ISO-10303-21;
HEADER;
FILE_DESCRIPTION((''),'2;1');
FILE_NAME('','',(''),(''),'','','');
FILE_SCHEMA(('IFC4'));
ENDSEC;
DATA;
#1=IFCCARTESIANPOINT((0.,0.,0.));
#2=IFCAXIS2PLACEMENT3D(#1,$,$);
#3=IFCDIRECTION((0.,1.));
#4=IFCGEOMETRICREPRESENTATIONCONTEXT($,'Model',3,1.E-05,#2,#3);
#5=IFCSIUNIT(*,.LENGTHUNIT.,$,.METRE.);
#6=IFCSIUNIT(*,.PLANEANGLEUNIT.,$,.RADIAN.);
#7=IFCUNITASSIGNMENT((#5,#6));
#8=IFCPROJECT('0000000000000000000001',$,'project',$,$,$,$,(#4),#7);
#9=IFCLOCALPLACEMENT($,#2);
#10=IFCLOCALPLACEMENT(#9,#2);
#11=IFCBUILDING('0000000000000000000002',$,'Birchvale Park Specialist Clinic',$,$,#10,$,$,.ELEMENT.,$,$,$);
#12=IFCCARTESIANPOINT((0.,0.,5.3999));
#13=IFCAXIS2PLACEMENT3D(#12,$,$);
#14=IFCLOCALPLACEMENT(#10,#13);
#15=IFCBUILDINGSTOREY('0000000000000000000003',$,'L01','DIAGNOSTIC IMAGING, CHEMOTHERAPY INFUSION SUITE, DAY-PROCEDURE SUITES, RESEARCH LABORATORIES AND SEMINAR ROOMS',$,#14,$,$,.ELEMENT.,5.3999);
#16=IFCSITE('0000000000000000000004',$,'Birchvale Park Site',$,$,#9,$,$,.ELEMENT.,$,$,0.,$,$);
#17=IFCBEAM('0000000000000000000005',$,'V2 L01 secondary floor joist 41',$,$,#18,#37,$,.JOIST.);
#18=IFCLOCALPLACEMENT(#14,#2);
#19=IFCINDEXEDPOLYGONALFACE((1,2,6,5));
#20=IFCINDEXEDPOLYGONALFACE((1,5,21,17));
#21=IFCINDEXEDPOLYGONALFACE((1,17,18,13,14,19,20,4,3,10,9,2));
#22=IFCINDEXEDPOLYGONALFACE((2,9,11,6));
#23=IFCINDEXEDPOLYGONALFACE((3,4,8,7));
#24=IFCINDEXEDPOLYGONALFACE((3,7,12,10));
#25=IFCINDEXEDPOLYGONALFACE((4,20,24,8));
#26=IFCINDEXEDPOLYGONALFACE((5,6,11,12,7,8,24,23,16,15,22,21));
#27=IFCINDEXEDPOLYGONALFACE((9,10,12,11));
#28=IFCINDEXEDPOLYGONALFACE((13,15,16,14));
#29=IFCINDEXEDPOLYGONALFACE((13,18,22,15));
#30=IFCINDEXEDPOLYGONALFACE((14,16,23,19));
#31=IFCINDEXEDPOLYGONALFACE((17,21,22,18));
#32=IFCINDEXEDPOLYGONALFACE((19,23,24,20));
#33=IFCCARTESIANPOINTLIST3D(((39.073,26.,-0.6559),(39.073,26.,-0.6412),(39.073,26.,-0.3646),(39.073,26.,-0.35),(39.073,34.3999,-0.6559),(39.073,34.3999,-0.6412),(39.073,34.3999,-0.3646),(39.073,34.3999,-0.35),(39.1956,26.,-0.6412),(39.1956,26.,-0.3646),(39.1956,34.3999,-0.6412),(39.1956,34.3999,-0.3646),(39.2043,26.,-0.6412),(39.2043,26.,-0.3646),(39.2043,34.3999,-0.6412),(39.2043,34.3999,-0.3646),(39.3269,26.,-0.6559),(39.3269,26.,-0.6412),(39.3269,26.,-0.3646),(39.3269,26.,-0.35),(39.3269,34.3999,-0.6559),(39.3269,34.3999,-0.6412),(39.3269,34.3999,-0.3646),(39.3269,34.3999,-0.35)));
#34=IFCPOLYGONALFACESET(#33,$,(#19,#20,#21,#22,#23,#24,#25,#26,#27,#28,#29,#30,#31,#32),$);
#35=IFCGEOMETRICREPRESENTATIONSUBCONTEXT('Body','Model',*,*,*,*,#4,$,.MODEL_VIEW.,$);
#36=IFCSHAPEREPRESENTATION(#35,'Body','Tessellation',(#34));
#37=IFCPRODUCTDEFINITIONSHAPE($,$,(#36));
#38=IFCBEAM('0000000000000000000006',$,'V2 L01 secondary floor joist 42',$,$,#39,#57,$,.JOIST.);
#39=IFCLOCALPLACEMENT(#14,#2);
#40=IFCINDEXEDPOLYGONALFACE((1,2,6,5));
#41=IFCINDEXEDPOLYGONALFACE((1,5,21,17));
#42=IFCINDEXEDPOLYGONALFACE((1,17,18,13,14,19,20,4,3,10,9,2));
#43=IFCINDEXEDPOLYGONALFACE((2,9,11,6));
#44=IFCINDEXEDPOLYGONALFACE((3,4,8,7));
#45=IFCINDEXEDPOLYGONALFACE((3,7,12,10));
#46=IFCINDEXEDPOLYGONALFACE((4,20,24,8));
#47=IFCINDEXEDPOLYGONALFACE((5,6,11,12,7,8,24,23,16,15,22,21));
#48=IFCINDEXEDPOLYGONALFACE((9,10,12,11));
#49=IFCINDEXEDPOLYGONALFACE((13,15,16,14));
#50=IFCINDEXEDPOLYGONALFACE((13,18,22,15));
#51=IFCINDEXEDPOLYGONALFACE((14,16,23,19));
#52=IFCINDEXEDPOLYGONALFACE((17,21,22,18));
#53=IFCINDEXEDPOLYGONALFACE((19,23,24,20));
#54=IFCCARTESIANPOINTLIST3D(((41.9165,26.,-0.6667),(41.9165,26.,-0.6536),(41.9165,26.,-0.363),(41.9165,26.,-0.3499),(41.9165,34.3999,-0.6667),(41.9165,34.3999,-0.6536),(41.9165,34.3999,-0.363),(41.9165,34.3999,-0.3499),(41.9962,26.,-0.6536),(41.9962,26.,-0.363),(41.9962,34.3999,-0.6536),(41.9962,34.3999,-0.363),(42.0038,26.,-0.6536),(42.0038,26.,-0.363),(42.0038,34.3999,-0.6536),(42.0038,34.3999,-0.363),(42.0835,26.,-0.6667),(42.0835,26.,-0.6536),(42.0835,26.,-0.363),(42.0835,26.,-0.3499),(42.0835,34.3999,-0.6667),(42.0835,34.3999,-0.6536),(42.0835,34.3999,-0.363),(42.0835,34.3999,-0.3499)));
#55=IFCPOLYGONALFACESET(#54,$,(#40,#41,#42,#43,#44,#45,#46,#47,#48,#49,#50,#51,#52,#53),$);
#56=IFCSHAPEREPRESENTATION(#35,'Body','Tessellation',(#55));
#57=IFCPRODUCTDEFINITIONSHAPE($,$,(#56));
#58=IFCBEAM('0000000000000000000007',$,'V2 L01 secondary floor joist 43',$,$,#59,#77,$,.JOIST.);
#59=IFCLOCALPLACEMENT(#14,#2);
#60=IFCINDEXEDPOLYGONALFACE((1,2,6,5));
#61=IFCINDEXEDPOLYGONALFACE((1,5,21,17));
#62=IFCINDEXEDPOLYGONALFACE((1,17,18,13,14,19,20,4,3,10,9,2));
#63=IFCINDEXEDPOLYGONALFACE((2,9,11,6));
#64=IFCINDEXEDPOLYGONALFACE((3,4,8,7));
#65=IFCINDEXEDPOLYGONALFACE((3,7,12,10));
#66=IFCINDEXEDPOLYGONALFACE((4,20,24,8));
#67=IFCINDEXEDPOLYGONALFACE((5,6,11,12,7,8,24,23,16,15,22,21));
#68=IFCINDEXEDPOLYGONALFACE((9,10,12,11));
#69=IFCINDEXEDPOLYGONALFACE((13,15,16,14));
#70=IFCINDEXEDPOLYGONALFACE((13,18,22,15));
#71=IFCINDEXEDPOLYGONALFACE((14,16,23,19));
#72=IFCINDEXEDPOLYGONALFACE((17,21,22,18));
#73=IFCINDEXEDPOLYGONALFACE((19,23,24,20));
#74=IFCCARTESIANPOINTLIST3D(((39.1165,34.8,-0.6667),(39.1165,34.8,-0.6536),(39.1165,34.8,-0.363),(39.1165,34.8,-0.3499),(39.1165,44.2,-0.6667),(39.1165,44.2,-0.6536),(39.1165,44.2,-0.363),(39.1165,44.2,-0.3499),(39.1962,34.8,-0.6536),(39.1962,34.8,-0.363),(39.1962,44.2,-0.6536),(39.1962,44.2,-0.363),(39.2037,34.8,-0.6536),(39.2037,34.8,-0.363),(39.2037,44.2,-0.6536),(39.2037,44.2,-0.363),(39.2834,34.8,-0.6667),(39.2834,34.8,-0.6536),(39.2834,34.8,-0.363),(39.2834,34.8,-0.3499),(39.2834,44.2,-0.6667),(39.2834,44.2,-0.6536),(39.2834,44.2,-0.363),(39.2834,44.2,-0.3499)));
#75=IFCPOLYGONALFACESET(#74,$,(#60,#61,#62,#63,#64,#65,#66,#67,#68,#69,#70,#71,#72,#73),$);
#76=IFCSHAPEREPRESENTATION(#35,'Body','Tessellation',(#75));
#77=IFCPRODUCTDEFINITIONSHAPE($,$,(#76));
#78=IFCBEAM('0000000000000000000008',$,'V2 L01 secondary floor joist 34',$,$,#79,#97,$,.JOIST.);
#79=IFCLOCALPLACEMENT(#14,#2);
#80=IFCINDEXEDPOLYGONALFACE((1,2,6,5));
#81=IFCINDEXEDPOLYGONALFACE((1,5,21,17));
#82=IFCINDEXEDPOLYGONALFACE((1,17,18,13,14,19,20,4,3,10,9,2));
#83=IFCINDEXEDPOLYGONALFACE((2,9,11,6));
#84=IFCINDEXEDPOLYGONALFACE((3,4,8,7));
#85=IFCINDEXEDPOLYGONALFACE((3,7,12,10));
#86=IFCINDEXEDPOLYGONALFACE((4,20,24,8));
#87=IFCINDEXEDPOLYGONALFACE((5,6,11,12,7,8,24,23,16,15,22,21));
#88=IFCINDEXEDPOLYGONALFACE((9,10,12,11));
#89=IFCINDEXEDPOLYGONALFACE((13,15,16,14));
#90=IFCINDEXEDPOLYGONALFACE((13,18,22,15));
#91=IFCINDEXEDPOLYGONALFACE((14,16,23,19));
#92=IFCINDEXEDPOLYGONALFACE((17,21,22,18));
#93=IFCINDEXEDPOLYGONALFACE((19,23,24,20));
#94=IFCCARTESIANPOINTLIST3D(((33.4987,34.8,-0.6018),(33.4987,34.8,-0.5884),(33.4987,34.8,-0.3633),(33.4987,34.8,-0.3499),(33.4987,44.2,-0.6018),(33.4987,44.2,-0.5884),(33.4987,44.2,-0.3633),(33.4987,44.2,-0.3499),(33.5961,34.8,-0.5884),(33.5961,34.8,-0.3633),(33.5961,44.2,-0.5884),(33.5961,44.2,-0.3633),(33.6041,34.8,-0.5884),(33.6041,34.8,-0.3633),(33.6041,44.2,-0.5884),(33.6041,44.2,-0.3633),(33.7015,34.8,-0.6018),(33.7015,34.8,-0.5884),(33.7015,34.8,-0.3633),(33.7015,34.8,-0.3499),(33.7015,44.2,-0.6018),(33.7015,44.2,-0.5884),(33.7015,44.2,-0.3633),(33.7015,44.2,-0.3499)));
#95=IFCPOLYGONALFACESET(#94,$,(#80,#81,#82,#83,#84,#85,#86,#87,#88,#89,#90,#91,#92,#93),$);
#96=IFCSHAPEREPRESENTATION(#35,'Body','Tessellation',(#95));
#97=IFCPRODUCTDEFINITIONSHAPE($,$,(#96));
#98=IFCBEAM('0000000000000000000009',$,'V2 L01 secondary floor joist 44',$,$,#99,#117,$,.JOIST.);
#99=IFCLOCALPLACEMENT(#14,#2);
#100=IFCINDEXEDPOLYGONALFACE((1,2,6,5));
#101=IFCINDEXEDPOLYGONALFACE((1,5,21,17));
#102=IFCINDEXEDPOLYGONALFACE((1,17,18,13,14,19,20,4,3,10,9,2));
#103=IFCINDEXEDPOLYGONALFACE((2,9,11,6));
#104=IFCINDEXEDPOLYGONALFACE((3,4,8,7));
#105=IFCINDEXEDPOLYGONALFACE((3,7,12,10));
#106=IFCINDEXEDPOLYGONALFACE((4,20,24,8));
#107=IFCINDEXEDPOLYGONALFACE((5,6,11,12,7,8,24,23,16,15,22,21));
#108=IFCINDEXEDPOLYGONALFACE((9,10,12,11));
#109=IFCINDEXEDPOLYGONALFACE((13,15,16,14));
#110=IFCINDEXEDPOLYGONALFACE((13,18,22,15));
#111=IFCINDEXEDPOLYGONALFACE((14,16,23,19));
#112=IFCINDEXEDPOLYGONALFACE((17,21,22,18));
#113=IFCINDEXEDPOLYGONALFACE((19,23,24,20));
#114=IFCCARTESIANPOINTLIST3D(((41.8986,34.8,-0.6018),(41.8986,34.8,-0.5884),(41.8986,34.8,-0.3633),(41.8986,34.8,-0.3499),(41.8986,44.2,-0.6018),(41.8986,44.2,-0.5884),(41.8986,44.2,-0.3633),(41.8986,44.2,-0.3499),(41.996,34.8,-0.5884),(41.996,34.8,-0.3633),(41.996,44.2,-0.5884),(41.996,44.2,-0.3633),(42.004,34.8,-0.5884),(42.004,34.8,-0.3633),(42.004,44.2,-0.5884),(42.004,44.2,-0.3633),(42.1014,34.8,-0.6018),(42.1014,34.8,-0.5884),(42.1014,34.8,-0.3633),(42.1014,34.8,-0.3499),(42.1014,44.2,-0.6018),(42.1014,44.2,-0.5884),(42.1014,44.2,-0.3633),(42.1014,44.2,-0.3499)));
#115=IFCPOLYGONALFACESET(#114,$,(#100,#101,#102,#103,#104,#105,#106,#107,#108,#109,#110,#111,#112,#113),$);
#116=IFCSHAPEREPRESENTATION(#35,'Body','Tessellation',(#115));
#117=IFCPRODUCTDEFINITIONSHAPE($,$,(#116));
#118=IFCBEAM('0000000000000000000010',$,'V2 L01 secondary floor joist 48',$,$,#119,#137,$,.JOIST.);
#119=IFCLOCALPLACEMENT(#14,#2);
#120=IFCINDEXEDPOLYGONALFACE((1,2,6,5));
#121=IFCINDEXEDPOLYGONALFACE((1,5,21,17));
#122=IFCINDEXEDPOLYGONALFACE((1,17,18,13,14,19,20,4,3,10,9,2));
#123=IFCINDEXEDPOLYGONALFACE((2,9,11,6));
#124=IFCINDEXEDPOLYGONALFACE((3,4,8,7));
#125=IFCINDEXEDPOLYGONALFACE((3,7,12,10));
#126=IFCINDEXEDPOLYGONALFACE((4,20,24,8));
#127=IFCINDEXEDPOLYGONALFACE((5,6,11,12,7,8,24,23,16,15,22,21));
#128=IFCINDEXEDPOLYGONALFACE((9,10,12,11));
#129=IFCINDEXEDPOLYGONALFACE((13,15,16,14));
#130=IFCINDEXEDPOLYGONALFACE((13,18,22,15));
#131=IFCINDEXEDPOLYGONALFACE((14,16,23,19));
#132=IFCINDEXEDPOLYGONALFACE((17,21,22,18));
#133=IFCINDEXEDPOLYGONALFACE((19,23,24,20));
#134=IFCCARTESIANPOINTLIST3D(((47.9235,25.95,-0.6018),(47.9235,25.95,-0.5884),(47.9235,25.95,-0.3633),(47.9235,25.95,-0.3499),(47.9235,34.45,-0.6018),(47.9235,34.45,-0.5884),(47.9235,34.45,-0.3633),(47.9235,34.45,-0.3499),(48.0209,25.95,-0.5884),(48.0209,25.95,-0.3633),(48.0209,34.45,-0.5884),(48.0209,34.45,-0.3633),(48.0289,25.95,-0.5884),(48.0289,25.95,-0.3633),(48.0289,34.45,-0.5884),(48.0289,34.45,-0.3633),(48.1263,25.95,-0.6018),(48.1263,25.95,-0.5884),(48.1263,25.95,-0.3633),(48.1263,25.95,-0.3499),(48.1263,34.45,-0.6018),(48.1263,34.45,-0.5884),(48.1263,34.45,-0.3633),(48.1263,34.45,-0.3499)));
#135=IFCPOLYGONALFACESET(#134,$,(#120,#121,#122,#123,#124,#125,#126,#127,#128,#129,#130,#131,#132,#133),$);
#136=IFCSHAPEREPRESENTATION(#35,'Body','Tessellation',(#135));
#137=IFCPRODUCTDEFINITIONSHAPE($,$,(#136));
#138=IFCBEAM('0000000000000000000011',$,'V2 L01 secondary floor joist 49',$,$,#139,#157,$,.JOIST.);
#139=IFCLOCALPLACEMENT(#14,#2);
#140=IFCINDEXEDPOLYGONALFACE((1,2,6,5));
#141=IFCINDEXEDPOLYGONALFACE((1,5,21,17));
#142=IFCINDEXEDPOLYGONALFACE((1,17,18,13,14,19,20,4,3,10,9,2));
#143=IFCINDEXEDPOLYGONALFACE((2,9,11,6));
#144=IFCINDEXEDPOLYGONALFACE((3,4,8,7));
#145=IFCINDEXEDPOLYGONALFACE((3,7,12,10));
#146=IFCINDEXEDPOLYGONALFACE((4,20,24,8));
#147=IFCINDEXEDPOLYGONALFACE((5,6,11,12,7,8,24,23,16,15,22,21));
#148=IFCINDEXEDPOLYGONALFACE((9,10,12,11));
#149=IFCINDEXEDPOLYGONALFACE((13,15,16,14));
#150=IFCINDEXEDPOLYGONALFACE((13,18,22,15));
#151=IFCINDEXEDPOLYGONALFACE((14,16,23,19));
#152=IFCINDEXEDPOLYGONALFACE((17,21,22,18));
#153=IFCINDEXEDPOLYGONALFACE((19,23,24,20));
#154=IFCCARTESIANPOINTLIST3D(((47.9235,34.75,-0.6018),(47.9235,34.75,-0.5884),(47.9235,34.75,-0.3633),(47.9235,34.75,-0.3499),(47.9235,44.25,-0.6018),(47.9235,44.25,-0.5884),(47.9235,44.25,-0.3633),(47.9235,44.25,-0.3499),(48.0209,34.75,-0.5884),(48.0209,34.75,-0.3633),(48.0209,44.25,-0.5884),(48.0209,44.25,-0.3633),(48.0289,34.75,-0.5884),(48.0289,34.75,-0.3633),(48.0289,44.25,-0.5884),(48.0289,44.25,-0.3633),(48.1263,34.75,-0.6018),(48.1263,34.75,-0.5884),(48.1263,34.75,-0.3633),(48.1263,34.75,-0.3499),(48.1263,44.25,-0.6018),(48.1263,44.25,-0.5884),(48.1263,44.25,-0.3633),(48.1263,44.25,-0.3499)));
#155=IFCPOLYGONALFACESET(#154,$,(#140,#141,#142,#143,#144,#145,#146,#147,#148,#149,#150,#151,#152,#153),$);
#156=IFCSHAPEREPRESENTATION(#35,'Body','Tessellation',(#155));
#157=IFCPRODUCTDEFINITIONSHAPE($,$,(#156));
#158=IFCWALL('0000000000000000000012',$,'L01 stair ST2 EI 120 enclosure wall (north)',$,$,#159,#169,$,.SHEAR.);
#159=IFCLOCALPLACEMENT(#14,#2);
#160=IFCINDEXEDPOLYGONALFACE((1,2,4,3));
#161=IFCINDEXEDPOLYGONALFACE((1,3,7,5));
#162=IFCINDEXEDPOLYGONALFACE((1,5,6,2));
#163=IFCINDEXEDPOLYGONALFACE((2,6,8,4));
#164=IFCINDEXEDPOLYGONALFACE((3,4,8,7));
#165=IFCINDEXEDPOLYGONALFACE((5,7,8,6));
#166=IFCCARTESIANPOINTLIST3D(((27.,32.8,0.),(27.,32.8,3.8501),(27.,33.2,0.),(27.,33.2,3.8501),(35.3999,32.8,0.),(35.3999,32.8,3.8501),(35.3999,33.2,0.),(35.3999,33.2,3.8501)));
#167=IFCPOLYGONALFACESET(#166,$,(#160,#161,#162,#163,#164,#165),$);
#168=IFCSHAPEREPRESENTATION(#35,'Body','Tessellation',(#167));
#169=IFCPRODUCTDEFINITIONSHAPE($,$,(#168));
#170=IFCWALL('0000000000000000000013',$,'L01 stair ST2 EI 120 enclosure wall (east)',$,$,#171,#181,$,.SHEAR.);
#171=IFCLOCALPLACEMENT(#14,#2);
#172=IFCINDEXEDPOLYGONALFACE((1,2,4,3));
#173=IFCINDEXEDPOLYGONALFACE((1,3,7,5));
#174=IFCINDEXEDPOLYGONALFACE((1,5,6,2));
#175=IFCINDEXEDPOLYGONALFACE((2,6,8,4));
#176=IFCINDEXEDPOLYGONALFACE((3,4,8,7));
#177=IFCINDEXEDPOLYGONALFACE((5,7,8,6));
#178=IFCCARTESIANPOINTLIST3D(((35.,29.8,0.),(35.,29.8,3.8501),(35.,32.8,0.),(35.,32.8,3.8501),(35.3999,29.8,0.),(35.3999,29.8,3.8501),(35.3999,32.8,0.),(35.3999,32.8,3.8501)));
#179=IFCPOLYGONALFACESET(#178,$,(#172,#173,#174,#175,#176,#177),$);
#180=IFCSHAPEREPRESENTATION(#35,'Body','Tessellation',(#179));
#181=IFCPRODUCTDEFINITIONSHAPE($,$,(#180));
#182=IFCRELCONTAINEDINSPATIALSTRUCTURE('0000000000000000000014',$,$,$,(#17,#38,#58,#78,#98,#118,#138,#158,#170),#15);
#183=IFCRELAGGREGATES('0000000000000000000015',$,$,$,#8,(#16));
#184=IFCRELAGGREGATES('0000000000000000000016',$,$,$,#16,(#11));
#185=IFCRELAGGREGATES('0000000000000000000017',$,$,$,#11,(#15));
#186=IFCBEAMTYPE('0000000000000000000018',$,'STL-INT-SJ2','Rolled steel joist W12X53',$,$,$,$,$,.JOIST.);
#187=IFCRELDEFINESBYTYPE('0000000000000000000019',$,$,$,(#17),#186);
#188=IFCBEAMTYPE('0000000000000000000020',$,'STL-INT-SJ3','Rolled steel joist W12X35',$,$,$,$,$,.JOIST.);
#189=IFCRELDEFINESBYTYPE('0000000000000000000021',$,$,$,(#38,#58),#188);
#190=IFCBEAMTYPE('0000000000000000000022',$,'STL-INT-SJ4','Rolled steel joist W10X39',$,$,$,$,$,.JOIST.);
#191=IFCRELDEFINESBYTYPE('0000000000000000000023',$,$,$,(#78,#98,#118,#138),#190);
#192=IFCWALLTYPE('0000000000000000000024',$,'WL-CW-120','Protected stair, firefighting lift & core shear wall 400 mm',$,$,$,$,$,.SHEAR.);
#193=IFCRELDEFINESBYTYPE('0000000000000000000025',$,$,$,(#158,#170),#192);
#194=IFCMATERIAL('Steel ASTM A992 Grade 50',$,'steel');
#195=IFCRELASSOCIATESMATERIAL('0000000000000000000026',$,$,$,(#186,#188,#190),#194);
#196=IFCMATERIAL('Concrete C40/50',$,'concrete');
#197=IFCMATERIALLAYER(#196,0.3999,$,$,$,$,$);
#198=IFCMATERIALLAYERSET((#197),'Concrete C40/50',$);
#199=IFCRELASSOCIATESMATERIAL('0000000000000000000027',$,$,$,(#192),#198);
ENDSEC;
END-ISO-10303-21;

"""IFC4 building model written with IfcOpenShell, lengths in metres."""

from ifc_helpers import new_model, si_unit, direction, frame, frame_2d, origin, origin_2d, place, context, subcontext, project, spatial, rectangle, i_section, extrude, material, layer, layer_set, material_profile, profile_set, type_object, element, save


model = new_model("IFC4")

# Units and contexts
model_context = context("Model", 3, precision=1e-05, world=origin(), true_north=direction((0.0, 1.0)))
body_context = subcontext(model_context, "Body", "Model", "MODEL_VIEW")
ifc_project = project(units=[si_unit("LENGTHUNIT", "METRE"), si_unit("PLANEANGLEUNIT", "RADIAN")], contexts=[model_context])

# Site, building, storey
site_placement = place(None, origin())
site = spatial("IfcSite", under=ifc_project, at=site_placement, Name="Birchvale Park Site", CompositionType="ELEMENT", RefElevation=0.0)
building_placement = place(site_placement, origin())
building = spatial("IfcBuilding", under=site, at=building_placement, Name="Birchvale Park Specialist Clinic", CompositionType="ELEMENT")
storey_placement = place(building_placement, frame((0.0, 0.0, 5.3999)))
storey = spatial("IfcBuildingStorey", under=building, at=storey_placement, Name="L01", Description="DIAGNOSTIC IMAGING, CHEMOTHERAPY INFUSION SUITE, DAY-PROCEDURE SUITES, RESEARCH LABORATORIES AND SEMINAR ROOMS", CompositionType="ELEMENT", Elevation=5.3999)

# Shared definitions
ifc_material_1 = material(Name="Concrete C40/50", Category="concrete")

# Beams
ifc_material_2 = material(Name="Steel ASTM A992 Grade 50", Category="steel")
ifc_material_profile_1 = material_profile(ifc_material_2, i_section(OverallWidth=0.2539, OverallDepth=0.3059, WebThickness=0.0088, FlangeThickness=0.0146, at=origin_2d()), Name="W12X53")
ifc_profile_set_1 = profile_set([ifc_material_profile_1], Name="Steel ASTM A992 Grade 50")
beam_type_1 = type_object("IfcBeamType", Name="STL-INT-SJ2", Description="Rolled steel joist W12X53", PredefinedType="JOIST", material=ifc_profile_set_1)
beam_1_placement = place(storey_placement, frame((39.2, 26.0, -0.5029), z_axis=(0.0, 1.0, 0.0), x_axis=(-1.0, 0.0, 0.0)))
element("IfcBeam", 1, at=beam_1_placement, inside=storey, type_object=beam_type_1, Name="V2 L01 secondary floor joist 41", PredefinedType="JOIST", context=body_context, shape_type="SweptSolid", body=[
    extrude(i_section(OverallWidth=0.2539, OverallDepth=0.3059, WebThickness=0.0088, FlangeThickness=0.0146, at=origin_2d()), origin(), (0.0, 0.0, 1.0), 8.3999),
])
ifc_material_profile_2 = material_profile(ifc_material_2, i_section(OverallWidth=0.167, OverallDepth=0.3169, WebThickness=0.0076, FlangeThickness=0.0132, at=origin_2d()), Name="W12X35")
ifc_profile_set_2 = profile_set([ifc_material_profile_2], Name="Steel ASTM A992 Grade 50")
beam_type_2 = type_object("IfcBeamType", Name="STL-INT-SJ3", Description="Rolled steel joist W12X35", PredefinedType="JOIST", material=ifc_profile_set_2)
beam_2_placement = place(storey_placement, frame((42.0, 26.0, -0.5083), z_axis=(0.0, 1.0, 0.0), x_axis=(-1.0, 0.0, 0.0)))
element("IfcBeam", 2, at=beam_2_placement, inside=storey, type_object=beam_type_2, Name="V2 L01 secondary floor joist 42", PredefinedType="JOIST", context=body_context, shape_type="SweptSolid", body=[
    extrude(i_section(OverallWidth=0.167, OverallDepth=0.3169, WebThickness=0.0076, FlangeThickness=0.0132, at=origin_2d()), origin(), (0.0, 0.0, 1.0), 8.3999),
])
beam_3_placement = place(storey_placement, frame((39.2, 34.8, -0.5083), z_axis=(0.0, 1.0, 0.0), x_axis=(-1.0, 0.0, 0.0)))
element("IfcBeam", 3, at=beam_3_placement, inside=storey, type_object=beam_type_2, Name="V2 L01 secondary floor joist 43", PredefinedType="JOIST", context=body_context, shape_type="SweptSolid", body=[
    extrude(i_section(OverallWidth=0.167, OverallDepth=0.3169, WebThickness=0.0076, FlangeThickness=0.0132, at=origin_2d()), origin(), (0.0, 0.0, 1.0), 9.3999),
])
ifc_material_profile_3 = material_profile(ifc_material_2, i_section(OverallWidth=0.2029, OverallDepth=0.252, WebThickness=0.0081, FlangeThickness=0.0134, at=origin_2d()), Name="W10X39")
ifc_profile_set_3 = profile_set([ifc_material_profile_3], Name="Steel ASTM A992 Grade 50")
beam_type_3 = type_object("IfcBeamType", Name="STL-INT-SJ4", Description="Rolled steel joist W10X39", PredefinedType="JOIST", material=ifc_profile_set_3)
for number, where, z_axis, x_axis, name in (
    (4, (33.6001, 34.8, -0.4758), (0.0, 1.0, 0.0), (-1.0, 0.0, 0.0), "V2 L01 secondary floor joist 34"),
    (5, (42.0, 34.8, -0.4758), (0.0, 1.0, 0.0), (-1.0, 0.0, 0.0), "V2 L01 secondary floor joist 44"),
):
    element("IfcBeam", number, at=place(storey_placement, frame(where, z_axis=z_axis, x_axis=x_axis)), inside=storey, type_object=beam_type_3, Name=name, PredefinedType="JOIST", context=body_context, shape_type="SweptSolid", body=[
        extrude(i_section(OverallWidth=0.2029, OverallDepth=0.252, WebThickness=0.0081, FlangeThickness=0.0134, at=origin_2d()), origin(), (0.0, 0.0, 1.0), 9.3999),
    ])
beam_4_placement = place(storey_placement, frame((48.0249, 25.95, -0.4758), z_axis=(0.0, 1.0, 0.0), x_axis=(-1.0, 0.0, 0.0)))
element("IfcBeam", 6, at=beam_4_placement, inside=storey, type_object=beam_type_3, Name="V2 L01 secondary floor joist 48", PredefinedType="JOIST", context=body_context, shape_type="SweptSolid", body=[
    extrude(i_section(OverallWidth=0.2029, OverallDepth=0.252, WebThickness=0.0081, FlangeThickness=0.0134, at=origin_2d()), origin(), (0.0, 0.0, 1.0), 8.5),
])
beam_5_placement = place(storey_placement, frame((48.0249, 34.75, -0.4758), z_axis=(0.0, 1.0, 0.0), x_axis=(-1.0, 0.0, 0.0)))
element("IfcBeam", 7, at=beam_5_placement, inside=storey, type_object=beam_type_3, Name="V2 L01 secondary floor joist 49", PredefinedType="JOIST", context=body_context, shape_type="SweptSolid", body=[
    extrude(i_section(OverallWidth=0.2029, OverallDepth=0.252, WebThickness=0.0081, FlangeThickness=0.0134, at=origin_2d()), origin(), (0.0, 0.0, 1.0), 9.5),
])

# Walls
ifc_layer_1 = layer(ifc_material_1, 0.3999)
ifc_layer_set_1 = layer_set([ifc_layer_1], Name="Concrete C40/50")
wall_type_1 = type_object("IfcWallType", Name="WL-CW-120", Description="Protected stair, firefighting lift & core shear wall 400 mm", PredefinedType="SHEAR", material=ifc_layer_set_1)
wall_1_placement = place(storey_placement, frame((35.3999, 33.0, 0.0), z_axis=(0.0, 0.0, 1.0), x_axis=(-1.0, 0.0, 0.0)))
element("IfcWall", 8, at=wall_1_placement, inside=storey, type_object=wall_type_1, Name="L01 stair ST2 EI 120 enclosure wall (north)", PredefinedType="SHEAR", context=body_context, shape_type="SweptSolid", body=[
    extrude(rectangle(XDim=8.3999, YDim=0.3999, at=frame_2d((4.2, 0.0))), origin(), (0.0, 0.0, 1.0), 3.8501),
])
wall_2_placement = place(storey_placement, frame((35.2, 32.8, 0.0), z_axis=(0.0, 0.0, 1.0), x_axis=(0.0, -1.0, 0.0)))
element("IfcWall", 9, at=wall_2_placement, inside=storey, type_object=wall_type_1, Name="L01 stair ST2 EI 120 enclosure wall (east)", PredefinedType="SHEAR", context=body_context, shape_type="SweptSolid", body=[
    extrude(rectangle(XDim=3.0, YDim=0.3999, at=frame_2d((1.5, 0.0))), origin(), (0.0, 0.0, 1.0), 3.8501),
])

save(model, "model.ifc")
